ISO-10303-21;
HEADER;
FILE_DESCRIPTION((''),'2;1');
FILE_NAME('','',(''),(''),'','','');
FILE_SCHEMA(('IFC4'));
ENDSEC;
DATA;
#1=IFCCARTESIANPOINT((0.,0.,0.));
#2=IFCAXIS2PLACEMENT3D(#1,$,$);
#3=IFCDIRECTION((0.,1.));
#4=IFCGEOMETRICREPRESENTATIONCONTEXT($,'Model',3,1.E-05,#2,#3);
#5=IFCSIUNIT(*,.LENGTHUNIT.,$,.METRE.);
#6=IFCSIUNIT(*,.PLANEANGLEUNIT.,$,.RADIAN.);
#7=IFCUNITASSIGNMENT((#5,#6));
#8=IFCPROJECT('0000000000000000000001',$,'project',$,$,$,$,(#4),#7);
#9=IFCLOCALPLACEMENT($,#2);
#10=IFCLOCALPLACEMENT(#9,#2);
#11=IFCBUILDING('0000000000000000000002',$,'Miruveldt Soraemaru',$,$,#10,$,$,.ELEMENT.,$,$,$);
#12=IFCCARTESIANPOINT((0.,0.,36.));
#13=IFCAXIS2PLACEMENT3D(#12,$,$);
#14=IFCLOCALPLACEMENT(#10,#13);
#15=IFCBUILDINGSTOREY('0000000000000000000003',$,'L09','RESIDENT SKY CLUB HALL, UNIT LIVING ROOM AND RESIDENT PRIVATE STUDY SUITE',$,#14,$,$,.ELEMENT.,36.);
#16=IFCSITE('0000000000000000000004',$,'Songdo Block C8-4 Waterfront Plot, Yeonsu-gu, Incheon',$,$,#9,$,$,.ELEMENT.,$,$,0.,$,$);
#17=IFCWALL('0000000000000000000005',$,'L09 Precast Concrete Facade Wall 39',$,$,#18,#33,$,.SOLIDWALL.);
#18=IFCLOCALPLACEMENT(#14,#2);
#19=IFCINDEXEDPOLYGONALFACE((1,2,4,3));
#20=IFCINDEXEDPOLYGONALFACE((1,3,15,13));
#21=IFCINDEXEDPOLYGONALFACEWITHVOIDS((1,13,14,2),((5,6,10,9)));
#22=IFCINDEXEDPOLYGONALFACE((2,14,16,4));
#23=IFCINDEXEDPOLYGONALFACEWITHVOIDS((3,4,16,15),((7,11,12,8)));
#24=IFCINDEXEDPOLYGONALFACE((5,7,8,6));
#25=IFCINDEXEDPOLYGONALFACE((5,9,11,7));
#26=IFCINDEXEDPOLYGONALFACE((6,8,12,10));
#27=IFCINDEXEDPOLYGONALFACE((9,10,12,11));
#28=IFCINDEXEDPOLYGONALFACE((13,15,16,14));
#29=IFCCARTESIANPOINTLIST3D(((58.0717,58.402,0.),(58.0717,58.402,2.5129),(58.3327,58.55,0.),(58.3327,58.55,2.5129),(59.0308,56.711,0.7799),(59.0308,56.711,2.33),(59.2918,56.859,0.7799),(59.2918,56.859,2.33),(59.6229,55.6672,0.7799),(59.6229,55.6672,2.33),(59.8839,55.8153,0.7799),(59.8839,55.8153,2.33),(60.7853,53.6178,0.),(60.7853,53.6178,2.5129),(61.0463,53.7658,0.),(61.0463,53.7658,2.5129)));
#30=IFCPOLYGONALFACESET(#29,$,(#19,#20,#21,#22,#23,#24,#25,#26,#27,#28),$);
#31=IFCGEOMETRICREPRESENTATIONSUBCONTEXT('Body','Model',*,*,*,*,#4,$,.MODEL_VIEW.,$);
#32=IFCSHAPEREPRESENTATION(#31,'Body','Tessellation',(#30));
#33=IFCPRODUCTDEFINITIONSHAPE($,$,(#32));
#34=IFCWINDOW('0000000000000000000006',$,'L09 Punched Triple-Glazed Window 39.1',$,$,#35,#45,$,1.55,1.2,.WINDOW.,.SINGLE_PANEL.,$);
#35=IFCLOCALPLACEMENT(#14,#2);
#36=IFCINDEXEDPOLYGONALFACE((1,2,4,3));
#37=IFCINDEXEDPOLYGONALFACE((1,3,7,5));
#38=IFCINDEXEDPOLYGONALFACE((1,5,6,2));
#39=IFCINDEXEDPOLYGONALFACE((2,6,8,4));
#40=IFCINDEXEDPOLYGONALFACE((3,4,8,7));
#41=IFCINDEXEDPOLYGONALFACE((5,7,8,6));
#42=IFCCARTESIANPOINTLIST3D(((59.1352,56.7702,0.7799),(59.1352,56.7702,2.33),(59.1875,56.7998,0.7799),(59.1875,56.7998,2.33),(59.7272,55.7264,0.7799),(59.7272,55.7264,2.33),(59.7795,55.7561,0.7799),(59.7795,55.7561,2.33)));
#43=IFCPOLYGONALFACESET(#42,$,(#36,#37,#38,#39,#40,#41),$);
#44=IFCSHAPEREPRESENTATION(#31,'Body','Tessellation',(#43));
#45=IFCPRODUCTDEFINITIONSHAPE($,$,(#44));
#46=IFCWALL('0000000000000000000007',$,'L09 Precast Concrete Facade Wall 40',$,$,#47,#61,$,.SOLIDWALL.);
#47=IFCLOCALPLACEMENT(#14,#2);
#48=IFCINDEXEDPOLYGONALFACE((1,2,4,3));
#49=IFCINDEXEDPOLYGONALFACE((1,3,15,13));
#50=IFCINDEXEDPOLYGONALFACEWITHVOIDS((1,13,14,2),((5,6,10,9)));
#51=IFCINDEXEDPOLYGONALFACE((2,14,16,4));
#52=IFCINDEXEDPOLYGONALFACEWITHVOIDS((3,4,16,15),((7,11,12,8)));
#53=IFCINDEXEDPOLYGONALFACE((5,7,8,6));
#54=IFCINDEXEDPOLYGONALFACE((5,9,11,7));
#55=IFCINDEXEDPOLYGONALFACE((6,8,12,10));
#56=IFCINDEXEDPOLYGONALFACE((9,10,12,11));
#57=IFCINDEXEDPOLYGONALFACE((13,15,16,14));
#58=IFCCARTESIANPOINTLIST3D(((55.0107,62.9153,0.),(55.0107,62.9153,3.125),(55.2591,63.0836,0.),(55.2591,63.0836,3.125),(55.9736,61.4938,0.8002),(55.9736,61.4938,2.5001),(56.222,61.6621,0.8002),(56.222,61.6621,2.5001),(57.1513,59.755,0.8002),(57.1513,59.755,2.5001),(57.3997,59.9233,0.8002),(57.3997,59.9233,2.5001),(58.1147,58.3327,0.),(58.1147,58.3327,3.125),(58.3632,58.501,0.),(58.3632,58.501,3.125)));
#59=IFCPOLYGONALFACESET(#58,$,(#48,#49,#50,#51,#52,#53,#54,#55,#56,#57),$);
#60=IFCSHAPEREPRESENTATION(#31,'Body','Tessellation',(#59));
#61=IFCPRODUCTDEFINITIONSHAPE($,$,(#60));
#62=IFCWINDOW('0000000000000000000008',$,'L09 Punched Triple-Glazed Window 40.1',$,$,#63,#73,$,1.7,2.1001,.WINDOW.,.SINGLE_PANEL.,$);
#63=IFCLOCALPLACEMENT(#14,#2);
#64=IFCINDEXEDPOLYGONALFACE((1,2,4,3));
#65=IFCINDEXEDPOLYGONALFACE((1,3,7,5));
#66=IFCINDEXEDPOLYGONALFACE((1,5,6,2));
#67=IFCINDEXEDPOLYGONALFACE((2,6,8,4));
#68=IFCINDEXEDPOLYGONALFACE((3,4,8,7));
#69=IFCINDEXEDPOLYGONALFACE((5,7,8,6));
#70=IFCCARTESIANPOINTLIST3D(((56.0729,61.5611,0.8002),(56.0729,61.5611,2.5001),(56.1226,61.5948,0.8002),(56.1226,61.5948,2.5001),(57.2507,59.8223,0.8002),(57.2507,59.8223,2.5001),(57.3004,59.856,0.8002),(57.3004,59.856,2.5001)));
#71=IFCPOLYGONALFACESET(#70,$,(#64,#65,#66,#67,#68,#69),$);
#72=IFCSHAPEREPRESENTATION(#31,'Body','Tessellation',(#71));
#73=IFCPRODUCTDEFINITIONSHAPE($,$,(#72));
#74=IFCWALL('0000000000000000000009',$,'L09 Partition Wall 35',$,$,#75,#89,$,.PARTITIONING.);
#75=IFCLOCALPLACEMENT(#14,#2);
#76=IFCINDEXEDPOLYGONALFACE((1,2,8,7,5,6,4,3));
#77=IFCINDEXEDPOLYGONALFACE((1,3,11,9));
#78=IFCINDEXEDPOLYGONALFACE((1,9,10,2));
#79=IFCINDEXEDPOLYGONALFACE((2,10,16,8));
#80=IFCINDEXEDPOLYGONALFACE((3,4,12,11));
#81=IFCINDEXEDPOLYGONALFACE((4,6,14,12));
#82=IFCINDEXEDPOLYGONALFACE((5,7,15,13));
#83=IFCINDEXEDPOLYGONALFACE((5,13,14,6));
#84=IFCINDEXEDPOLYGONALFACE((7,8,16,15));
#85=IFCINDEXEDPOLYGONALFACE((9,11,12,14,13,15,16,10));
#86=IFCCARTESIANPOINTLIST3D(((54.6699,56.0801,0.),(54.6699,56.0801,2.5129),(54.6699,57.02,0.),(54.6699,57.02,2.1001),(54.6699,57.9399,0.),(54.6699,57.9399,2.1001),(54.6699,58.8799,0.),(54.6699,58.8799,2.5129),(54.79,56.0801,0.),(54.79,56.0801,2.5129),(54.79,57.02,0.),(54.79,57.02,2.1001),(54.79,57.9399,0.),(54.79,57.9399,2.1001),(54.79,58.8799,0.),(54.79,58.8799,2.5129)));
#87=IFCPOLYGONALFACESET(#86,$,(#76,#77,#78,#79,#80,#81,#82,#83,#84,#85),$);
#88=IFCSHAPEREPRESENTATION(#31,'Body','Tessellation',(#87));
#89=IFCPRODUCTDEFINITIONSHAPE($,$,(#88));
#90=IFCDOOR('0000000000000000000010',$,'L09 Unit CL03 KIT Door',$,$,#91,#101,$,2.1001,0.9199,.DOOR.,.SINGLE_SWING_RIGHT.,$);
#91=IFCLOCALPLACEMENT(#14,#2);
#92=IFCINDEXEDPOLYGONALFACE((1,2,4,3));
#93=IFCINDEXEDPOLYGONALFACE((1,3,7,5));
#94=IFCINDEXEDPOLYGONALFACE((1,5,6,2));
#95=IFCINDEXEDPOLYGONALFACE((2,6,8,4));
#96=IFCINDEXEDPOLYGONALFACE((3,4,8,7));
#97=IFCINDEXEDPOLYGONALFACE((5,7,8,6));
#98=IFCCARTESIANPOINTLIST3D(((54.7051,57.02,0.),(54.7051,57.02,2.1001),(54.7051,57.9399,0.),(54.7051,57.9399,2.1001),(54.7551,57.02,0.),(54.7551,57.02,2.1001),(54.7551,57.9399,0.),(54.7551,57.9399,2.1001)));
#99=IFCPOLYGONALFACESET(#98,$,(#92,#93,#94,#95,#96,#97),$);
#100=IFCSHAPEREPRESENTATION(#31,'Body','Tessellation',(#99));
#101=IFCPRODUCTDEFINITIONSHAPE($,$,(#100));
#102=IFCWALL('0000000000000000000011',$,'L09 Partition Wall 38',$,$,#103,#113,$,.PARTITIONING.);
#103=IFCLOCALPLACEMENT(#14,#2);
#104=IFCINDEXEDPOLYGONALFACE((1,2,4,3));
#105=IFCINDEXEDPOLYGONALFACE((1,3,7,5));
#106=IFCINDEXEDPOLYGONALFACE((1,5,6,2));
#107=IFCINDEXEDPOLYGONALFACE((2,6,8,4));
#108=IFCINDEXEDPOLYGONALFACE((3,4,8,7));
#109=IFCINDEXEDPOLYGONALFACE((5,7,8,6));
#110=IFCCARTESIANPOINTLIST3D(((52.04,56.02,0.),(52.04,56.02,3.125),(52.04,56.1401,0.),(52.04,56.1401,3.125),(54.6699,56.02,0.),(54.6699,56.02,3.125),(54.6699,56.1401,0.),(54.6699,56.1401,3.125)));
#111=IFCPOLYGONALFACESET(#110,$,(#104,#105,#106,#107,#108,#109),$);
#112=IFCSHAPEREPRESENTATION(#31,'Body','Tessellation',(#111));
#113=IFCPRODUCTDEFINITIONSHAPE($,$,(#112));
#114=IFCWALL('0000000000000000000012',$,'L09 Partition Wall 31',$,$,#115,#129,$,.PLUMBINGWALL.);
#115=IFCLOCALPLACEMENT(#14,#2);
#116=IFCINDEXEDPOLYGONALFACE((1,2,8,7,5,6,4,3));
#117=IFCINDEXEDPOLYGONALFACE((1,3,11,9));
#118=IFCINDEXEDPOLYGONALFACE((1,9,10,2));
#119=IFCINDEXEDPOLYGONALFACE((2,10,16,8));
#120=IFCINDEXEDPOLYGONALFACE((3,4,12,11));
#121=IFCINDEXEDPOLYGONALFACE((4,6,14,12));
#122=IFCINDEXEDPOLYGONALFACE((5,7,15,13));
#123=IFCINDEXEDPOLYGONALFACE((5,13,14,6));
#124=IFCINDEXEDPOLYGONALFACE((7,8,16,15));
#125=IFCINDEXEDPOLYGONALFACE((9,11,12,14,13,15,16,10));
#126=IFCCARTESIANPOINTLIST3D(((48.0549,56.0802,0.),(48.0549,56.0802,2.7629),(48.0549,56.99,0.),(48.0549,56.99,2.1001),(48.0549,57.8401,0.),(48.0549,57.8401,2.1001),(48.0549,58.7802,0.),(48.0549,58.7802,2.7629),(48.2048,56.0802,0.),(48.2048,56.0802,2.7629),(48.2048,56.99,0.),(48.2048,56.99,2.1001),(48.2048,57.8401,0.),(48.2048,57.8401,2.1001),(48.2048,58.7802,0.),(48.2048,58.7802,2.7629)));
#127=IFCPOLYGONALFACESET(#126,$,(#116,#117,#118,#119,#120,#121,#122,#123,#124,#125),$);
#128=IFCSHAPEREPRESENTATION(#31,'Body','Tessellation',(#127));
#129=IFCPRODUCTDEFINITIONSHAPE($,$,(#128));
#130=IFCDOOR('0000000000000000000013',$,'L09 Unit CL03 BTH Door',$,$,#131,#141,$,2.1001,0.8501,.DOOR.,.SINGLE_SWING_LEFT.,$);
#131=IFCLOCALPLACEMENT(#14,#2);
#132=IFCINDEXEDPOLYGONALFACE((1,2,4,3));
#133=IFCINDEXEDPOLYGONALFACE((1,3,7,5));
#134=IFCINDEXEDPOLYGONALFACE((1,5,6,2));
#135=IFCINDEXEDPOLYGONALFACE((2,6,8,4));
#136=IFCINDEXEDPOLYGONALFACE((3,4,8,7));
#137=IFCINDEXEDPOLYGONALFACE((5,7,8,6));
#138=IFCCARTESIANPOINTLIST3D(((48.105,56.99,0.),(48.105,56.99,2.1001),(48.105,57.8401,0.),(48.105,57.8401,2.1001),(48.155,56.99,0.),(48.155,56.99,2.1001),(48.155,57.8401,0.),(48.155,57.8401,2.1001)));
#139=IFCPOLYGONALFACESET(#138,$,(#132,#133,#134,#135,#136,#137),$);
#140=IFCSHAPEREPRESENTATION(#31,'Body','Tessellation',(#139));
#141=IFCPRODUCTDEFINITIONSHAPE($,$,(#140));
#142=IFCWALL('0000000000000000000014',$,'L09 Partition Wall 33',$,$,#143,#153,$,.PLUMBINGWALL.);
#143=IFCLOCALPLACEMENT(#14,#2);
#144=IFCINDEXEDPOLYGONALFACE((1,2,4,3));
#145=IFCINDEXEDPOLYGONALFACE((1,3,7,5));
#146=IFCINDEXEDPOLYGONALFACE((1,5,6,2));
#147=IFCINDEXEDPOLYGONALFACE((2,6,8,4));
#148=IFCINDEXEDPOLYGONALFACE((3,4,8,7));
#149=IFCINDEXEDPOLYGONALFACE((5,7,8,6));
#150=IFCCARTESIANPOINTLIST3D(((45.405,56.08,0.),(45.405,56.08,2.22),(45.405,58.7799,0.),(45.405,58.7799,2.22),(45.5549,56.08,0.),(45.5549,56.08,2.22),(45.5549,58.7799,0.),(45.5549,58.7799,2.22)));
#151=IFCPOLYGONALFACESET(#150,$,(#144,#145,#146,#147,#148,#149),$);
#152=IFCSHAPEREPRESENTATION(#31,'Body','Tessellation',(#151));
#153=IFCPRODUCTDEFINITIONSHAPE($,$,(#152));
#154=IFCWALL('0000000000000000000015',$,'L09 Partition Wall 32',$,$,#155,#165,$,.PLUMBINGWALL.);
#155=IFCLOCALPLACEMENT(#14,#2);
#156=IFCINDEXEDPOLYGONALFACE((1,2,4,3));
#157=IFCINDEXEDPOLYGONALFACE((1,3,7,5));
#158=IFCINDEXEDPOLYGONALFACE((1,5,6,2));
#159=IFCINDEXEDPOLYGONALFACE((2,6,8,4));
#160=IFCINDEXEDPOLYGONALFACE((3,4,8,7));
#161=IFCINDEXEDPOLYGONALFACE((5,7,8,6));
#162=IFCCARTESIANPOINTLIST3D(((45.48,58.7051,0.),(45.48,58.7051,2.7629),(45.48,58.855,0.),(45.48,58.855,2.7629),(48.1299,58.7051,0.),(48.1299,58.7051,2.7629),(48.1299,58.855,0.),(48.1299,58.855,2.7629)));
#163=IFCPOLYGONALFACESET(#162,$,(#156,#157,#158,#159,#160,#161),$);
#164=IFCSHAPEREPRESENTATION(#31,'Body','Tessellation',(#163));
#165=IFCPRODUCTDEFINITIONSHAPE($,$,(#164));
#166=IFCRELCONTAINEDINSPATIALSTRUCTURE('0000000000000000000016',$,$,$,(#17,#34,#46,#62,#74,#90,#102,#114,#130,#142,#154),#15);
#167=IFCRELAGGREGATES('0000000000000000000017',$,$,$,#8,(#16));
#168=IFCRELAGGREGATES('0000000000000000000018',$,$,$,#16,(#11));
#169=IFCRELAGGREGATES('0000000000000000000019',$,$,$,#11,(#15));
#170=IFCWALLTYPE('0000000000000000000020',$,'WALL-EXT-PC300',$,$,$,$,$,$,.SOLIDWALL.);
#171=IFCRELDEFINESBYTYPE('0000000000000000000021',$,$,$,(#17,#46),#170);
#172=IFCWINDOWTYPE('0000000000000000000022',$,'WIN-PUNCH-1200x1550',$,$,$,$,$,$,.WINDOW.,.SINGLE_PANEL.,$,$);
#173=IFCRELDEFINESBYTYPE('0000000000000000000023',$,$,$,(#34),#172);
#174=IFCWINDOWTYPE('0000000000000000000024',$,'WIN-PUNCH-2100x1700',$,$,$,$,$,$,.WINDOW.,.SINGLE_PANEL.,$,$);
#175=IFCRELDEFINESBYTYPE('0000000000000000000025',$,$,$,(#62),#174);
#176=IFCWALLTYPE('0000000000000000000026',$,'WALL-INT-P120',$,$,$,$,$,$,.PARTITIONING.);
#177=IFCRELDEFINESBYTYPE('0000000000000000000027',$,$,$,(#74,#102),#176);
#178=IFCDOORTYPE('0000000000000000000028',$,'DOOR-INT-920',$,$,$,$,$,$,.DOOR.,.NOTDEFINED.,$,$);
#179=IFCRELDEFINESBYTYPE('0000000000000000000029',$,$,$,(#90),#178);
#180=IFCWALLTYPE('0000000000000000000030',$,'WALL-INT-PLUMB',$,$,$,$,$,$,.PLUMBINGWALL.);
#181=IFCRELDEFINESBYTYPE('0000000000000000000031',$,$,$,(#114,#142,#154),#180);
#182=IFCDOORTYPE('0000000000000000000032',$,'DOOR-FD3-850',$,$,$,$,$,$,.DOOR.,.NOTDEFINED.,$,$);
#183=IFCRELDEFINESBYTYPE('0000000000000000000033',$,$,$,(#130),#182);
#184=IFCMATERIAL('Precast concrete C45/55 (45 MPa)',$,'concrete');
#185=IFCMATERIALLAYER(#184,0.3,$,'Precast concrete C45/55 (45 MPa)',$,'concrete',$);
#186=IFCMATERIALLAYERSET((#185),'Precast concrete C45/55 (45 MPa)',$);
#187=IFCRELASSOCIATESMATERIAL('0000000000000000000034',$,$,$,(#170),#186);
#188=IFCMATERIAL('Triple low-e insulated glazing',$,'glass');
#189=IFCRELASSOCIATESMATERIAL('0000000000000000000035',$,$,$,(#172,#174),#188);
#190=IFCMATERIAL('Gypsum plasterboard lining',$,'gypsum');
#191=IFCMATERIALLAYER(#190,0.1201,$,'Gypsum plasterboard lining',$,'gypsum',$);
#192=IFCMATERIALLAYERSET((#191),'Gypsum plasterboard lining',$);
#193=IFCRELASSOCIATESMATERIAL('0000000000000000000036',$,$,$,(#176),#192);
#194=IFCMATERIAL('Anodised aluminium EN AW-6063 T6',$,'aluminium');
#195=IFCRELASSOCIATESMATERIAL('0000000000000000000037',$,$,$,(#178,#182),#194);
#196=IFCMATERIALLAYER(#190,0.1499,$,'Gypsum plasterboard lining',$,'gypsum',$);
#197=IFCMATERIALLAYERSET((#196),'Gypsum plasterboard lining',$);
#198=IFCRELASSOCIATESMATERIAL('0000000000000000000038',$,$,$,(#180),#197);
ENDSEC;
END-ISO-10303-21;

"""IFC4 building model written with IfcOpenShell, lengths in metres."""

from ifc_helpers import new_model, si_unit, direction, frame, frame_2d, origin, place, context, subcontext, project, spatial, rectangle, extrude, material, layer, layer_set, type_object, element, fill, save


model = new_model("IFC4")

# Units and contexts
model_context = context("Model", 3, precision=1e-05, world=origin(), true_north=direction((0.0, 1.0)))
body_context = subcontext(model_context, "Body", "Model", "MODEL_VIEW")
ifc_project = project(units=[si_unit("LENGTHUNIT", "METRE"), si_unit("PLANEANGLEUNIT", "RADIAN")], contexts=[model_context])

# Site, building, storey
site_placement = place(None, origin())
site = spatial("IfcSite", under=ifc_project, at=site_placement, Name="Songdo Block C8-4 Waterfront Plot, Yeonsu-gu, Incheon", CompositionType="ELEMENT", RefElevation=0.0)
building_placement = place(site_placement, origin())
building = spatial("IfcBuilding", under=site, at=building_placement, Name="Miruveldt Soraemaru", CompositionType="ELEMENT")
storey_placement = place(building_placement, frame((0.0, 0.0, 36.0)))
storey = spatial("IfcBuildingStorey", under=building, at=storey_placement, Name="L09", Description="RESIDENT SKY CLUB HALL, UNIT LIVING ROOM AND RESIDENT PRIVATE STUDY SUITE", CompositionType="ELEMENT", Elevation=36.0)

# Walls, openings, windows
ifc_material_1 = material(Name="Precast concrete C45/55 (45 MPa)", Category="concrete")
ifc_layer_1 = layer(ifc_material_1, 0.3, Name="Precast concrete C45/55 (45 MPa)", Category="concrete")
ifc_layer_set_1 = layer_set([ifc_layer_1], Name="Precast concrete C45/55 (45 MPa)")
wall_type_1 = type_object("IfcWallType", Name="WALL-EXT-PC300", PredefinedType="SOLIDWALL", material=ifc_layer_set_1)
wall_1_placement = place(storey_placement, frame((60.9158, 53.6919, 0.0), z_axis=(0.0, 0.0, 1.0), x_axis=(-0.493369, 0.86982, 0.0)))
wall_1 = element("IfcWall", 1, at=wall_1_placement, inside=storey, type_object=wall_type_1, Name="L09 Precast Concrete Facade Wall 39", PredefinedType="SOLIDWALL", context=body_context, shape_type="SweptSolid", body=[
    extrude(rectangle(XDim=5.5002, YDim=0.3, at=frame_2d((2.75, 0.0))), origin(), (0.0, 0.0, 1.0), 2.5129),
])
opening_1_placement = place(wall_1_placement, frame((2.356, 0.0, 0.78)))
opening_1 = element("IfcOpeningElement", 2, at=opening_1_placement, cuts=wall_1, PredefinedType="OPENING", context=body_context, shape_type="SweptSolid", body=[
    extrude(rectangle(XDim=1.2, YDim=1.55, at=frame_2d((0.6001, 0.7749))), frame((0.0, 0.1602, 0.0), z_axis=(0.0, -1.0, 0.0), x_axis=(1.0, 0.0, 0.0)), (0.0, 0.0, 1.0), 0.3201),
])
ifc_material_2 = material(Name="Triple low-e insulated glazing", Category="glass")
window_type_1 = type_object("IfcWindowType", Name="WIN-PUNCH-1200x1550", PartitioningType="SINGLE_PANEL", PredefinedType="WINDOW", material=ifc_material_2)
window_1_placement = place(opening_1_placement, origin())
window_1 = element("IfcWindow", 3, at=window_1_placement, inside=storey, type_object=window_type_1, Name="L09 Punched Triple-Glazed Window 39.1", OverallHeight=1.55, OverallWidth=1.2, PartitioningType="SINGLE_PANEL", PredefinedType="WINDOW", context=body_context, shape_type="SweptSolid", body=[
    extrude(rectangle(XDim=1.2, YDim=1.55, at=frame_2d((0.6001, 0.7749))), frame((0.0, 0.03, 0.0), z_axis=(0.0, -1.0, 0.0), x_axis=(1.0, 0.0, 0.0)), (0.0, 0.0, 1.0), 0.0601),
])
fill(opening_1, window_1)
wall_2_placement = place(storey_placement, frame((58.239, 58.4167, 0.0), z_axis=(0.0, 0.0, 1.0), x_axis=(-0.560813, 0.827942, 0.0)))
wall_2 = element("IfcWall", 4, at=wall_2_placement, inside=storey, type_object=wall_type_1, Name="L09 Precast Concrete Facade Wall 40", PredefinedType="SOLIDWALL", context=body_context, shape_type="SweptSolid", body=[
    extrude(rectangle(XDim=5.5349, YDim=0.3, at=frame_2d((2.7676, 0.0))), origin(), (0.0, 0.0, 1.0), 3.125),
])
opening_2_placement = place(wall_2_placement, frame((1.718, 0.0, 0.8)))
opening_2 = element("IfcOpeningElement", 5, at=opening_2_placement, cuts=wall_2, PredefinedType="OPENING", context=body_context, shape_type="SweptSolid", body=[
    extrude(rectangle(XDim=2.1001, YDim=1.7, at=frame_2d((1.05, 0.8501))), frame((0.0, 0.1602, 0.0), z_axis=(0.0, -1.0, 0.0), x_axis=(1.0, 0.0, 0.0)), (0.0, 0.0, 1.0), 0.3201),
])
window_type_2 = type_object("IfcWindowType", Name="WIN-PUNCH-2100x1700", PartitioningType="SINGLE_PANEL", PredefinedType="WINDOW", material=ifc_material_2)
window_2_placement = place(opening_2_placement, origin())
window_2 = element("IfcWindow", 6, at=window_2_placement, inside=storey, type_object=window_type_2, Name="L09 Punched Triple-Glazed Window 40.1", OverallHeight=1.7, OverallWidth=2.1001, PartitioningType="SINGLE_PANEL", PredefinedType="WINDOW", context=body_context, shape_type="SweptSolid", body=[
    extrude(rectangle(XDim=2.1001, YDim=1.7, at=frame_2d((1.05, 0.8501))), frame((0.0, 0.03, 0.0), z_axis=(0.0, -1.0, 0.0), x_axis=(1.0, 0.0, 0.0)), (0.0, 0.0, 1.0), 0.0601),
])
fill(opening_2, window_2)

# Wall, opening, door
ifc_material_3 = material(Name="Gypsum plasterboard lining", Category="gypsum")
ifc_layer_2 = layer(ifc_material_3, 0.1201, Name="Gypsum plasterboard lining", Category="gypsum")
ifc_layer_set_2 = layer_set([ifc_layer_2], Name="Gypsum plasterboard lining")
wall_type_2 = type_object("IfcWallType", Name="WALL-INT-P120", PredefinedType="PARTITIONING", material=ifc_layer_set_2)
wall_3_placement = place(storey_placement, frame((54.73, 56.0801, 0.0), z_axis=(0.0, 0.0, 1.0), x_axis=(0.0, 1.0, 0.0)))
wall_3 = element("IfcWall", 7, at=wall_3_placement, inside=storey, type_object=wall_type_2, Name="L09 Partition Wall 35", PredefinedType="PARTITIONING", context=body_context, shape_type="SweptSolid", body=[
    extrude(rectangle(XDim=2.7998, YDim=0.1201, at=frame_2d((1.3999, 0.0))), origin(), (0.0, 0.0, 1.0), 2.5129),
])
opening_3_placement = place(wall_3_placement, frame((0.9399, 0.0, 0.0)))
opening_3 = element("IfcOpeningElement", 8, at=opening_3_placement, cuts=wall_3, PredefinedType="OPENING", context=body_context, shape_type="SweptSolid", body=[
    extrude(rectangle(XDim=0.9199, YDim=2.1001, at=frame_2d((0.46, 1.05))), frame((0.0, 0.0701, 0.0), z_axis=(0.0, -1.0, 0.0), x_axis=(1.0, 0.0, 0.0)), (0.0, 0.0, 1.0), 0.1401),
])
ifc_material_4 = material(Name="Anodised aluminium EN AW-6063 T6", Category="aluminium")
door_type_1 = type_object("IfcDoorType", Name="DOOR-INT-920", OperationType="NOTDEFINED", PredefinedType="DOOR", material=ifc_material_4)
door_1_placement = place(opening_3_placement, origin())
door_1 = element("IfcDoor", 9, at=door_1_placement, inside=storey, type_object=door_type_1, Name="L09 Unit CL03 KIT Door", OperationType="SINGLE_SWING_RIGHT", OverallHeight=2.1001, OverallWidth=0.9199, PredefinedType="DOOR", context=body_context, shape_type="SweptSolid", body=[
    extrude(rectangle(XDim=0.9199, YDim=2.1001, at=frame_2d((0.46, 1.05))), frame((0.0, 0.0249, 0.0), z_axis=(0.0, -1.0, 0.0), x_axis=(1.0, 0.0, 0.0)), (0.0, 0.0, 1.0), 0.05),
])
fill(opening_3, door_1)

# Wall
wall_4_placement = place(storey_placement, frame((52.04, 56.0801, 0.0), z_axis=(0.0, 0.0, 1.0), x_axis=(1.0, 0.0, 0.0)))
element("IfcWall", 10, at=wall_4_placement, inside=storey, type_object=wall_type_2, Name="L09 Partition Wall 38", PredefinedType="PARTITIONING", context=body_context, shape_type="SweptSolid", body=[
    extrude(rectangle(XDim=2.6299, YDim=0.1201, at=frame_2d((1.3149, 0.0))), origin(), (0.0, 0.0, 1.0), 3.125),
])

# Wall, opening, door
ifc_layer_3 = layer(ifc_material_3, 0.1499, Name="Gypsum plasterboard lining", Category="gypsum")
ifc_layer_set_3 = layer_set([ifc_layer_3], Name="Gypsum plasterboard lining")
wall_type_3 = type_object("IfcWallType", Name="WALL-INT-PLUMB", PredefinedType="PLUMBINGWALL", material=ifc_layer_set_3)
wall_5_placement = place(storey_placement, frame((48.1299, 56.0801, 0.0), z_axis=(0.0, 0.0, 1.0), x_axis=(0.0, 1.0, 0.0)))
wall_5 = element("IfcWall", 11, at=wall_5_placement, inside=storey, type_object=wall_type_3, Name="L09 Partition Wall 31", PredefinedType="PLUMBINGWALL", context=body_context, shape_type="SweptSolid", body=[
    extrude(rectangle(XDim=2.7, YDim=0.1499, at=frame_2d((1.3501, 0.0))), origin(), (0.0, 0.0, 1.0), 2.7629),
])
opening_4_placement = place(wall_5_placement, frame((0.9099, 0.0, 0.0)))
opening_4 = element("IfcOpeningElement", 12, at=opening_4_placement, cuts=wall_5, PredefinedType="OPENING", context=body_context, shape_type="SweptSolid", body=[
    extrude(rectangle(XDim=0.8501, YDim=2.1001, at=frame_2d((0.425, 1.05))), frame((0.0, 0.085, 0.0), z_axis=(0.0, -1.0, 0.0), x_axis=(1.0, 0.0, 0.0)), (0.0, 0.0, 1.0), 0.1699),
])
door_type_2 = type_object("IfcDoorType", Name="DOOR-FD3-850", OperationType="NOTDEFINED", PredefinedType="DOOR", material=ifc_material_4)
door_2_placement = place(opening_4_placement, origin())
door_2 = element("IfcDoor", 13, at=door_2_placement, inside=storey, type_object=door_type_2, Name="L09 Unit CL03 BTH Door", OperationType="SINGLE_SWING_LEFT", OverallHeight=2.1001, OverallWidth=0.8501, PredefinedType="DOOR", context=body_context, shape_type="SweptSolid", body=[
    extrude(rectangle(XDim=0.8501, YDim=2.1001, at=frame_2d((0.425, 1.05))), frame((0.0, 0.0249, 0.0), z_axis=(0.0, -1.0, 0.0), x_axis=(1.0, 0.0, 0.0)), (0.0, 0.0, 1.0), 0.05),
])
fill(opening_4, door_2)

# Walls
wall_6_placement = place(storey_placement, frame((45.48, 58.78, 0.0), z_axis=(0.0, 0.0, 1.0), x_axis=(0.0, -1.0, 0.0)))
element("IfcWall", 14, at=wall_6_placement, inside=storey, type_object=wall_type_3, Name="L09 Partition Wall 33", PredefinedType="PLUMBINGWALL", context=body_context, shape_type="SweptSolid", body=[
    extrude(rectangle(XDim=2.7, YDim=0.1499, at=frame_2d((1.3501, 0.0))), origin(), (0.0, 0.0, 1.0), 2.22),
])
wall_7_placement = place(storey_placement, frame((48.1299, 58.78, 0.0), z_axis=(0.0, 0.0, 1.0), x_axis=(-1.0, 0.0, 0.0)))
element("IfcWall", 15, at=wall_7_placement, inside=storey, type_object=wall_type_3, Name="L09 Partition Wall 32", PredefinedType="PLUMBINGWALL", context=body_context, shape_type="SweptSolid", body=[
    extrude(rectangle(XDim=2.6499, YDim=0.1499, at=frame_2d((1.325, 0.0))), origin(), (0.0, 0.0, 1.0), 2.7629),
])

save(model, "model.ifc")
